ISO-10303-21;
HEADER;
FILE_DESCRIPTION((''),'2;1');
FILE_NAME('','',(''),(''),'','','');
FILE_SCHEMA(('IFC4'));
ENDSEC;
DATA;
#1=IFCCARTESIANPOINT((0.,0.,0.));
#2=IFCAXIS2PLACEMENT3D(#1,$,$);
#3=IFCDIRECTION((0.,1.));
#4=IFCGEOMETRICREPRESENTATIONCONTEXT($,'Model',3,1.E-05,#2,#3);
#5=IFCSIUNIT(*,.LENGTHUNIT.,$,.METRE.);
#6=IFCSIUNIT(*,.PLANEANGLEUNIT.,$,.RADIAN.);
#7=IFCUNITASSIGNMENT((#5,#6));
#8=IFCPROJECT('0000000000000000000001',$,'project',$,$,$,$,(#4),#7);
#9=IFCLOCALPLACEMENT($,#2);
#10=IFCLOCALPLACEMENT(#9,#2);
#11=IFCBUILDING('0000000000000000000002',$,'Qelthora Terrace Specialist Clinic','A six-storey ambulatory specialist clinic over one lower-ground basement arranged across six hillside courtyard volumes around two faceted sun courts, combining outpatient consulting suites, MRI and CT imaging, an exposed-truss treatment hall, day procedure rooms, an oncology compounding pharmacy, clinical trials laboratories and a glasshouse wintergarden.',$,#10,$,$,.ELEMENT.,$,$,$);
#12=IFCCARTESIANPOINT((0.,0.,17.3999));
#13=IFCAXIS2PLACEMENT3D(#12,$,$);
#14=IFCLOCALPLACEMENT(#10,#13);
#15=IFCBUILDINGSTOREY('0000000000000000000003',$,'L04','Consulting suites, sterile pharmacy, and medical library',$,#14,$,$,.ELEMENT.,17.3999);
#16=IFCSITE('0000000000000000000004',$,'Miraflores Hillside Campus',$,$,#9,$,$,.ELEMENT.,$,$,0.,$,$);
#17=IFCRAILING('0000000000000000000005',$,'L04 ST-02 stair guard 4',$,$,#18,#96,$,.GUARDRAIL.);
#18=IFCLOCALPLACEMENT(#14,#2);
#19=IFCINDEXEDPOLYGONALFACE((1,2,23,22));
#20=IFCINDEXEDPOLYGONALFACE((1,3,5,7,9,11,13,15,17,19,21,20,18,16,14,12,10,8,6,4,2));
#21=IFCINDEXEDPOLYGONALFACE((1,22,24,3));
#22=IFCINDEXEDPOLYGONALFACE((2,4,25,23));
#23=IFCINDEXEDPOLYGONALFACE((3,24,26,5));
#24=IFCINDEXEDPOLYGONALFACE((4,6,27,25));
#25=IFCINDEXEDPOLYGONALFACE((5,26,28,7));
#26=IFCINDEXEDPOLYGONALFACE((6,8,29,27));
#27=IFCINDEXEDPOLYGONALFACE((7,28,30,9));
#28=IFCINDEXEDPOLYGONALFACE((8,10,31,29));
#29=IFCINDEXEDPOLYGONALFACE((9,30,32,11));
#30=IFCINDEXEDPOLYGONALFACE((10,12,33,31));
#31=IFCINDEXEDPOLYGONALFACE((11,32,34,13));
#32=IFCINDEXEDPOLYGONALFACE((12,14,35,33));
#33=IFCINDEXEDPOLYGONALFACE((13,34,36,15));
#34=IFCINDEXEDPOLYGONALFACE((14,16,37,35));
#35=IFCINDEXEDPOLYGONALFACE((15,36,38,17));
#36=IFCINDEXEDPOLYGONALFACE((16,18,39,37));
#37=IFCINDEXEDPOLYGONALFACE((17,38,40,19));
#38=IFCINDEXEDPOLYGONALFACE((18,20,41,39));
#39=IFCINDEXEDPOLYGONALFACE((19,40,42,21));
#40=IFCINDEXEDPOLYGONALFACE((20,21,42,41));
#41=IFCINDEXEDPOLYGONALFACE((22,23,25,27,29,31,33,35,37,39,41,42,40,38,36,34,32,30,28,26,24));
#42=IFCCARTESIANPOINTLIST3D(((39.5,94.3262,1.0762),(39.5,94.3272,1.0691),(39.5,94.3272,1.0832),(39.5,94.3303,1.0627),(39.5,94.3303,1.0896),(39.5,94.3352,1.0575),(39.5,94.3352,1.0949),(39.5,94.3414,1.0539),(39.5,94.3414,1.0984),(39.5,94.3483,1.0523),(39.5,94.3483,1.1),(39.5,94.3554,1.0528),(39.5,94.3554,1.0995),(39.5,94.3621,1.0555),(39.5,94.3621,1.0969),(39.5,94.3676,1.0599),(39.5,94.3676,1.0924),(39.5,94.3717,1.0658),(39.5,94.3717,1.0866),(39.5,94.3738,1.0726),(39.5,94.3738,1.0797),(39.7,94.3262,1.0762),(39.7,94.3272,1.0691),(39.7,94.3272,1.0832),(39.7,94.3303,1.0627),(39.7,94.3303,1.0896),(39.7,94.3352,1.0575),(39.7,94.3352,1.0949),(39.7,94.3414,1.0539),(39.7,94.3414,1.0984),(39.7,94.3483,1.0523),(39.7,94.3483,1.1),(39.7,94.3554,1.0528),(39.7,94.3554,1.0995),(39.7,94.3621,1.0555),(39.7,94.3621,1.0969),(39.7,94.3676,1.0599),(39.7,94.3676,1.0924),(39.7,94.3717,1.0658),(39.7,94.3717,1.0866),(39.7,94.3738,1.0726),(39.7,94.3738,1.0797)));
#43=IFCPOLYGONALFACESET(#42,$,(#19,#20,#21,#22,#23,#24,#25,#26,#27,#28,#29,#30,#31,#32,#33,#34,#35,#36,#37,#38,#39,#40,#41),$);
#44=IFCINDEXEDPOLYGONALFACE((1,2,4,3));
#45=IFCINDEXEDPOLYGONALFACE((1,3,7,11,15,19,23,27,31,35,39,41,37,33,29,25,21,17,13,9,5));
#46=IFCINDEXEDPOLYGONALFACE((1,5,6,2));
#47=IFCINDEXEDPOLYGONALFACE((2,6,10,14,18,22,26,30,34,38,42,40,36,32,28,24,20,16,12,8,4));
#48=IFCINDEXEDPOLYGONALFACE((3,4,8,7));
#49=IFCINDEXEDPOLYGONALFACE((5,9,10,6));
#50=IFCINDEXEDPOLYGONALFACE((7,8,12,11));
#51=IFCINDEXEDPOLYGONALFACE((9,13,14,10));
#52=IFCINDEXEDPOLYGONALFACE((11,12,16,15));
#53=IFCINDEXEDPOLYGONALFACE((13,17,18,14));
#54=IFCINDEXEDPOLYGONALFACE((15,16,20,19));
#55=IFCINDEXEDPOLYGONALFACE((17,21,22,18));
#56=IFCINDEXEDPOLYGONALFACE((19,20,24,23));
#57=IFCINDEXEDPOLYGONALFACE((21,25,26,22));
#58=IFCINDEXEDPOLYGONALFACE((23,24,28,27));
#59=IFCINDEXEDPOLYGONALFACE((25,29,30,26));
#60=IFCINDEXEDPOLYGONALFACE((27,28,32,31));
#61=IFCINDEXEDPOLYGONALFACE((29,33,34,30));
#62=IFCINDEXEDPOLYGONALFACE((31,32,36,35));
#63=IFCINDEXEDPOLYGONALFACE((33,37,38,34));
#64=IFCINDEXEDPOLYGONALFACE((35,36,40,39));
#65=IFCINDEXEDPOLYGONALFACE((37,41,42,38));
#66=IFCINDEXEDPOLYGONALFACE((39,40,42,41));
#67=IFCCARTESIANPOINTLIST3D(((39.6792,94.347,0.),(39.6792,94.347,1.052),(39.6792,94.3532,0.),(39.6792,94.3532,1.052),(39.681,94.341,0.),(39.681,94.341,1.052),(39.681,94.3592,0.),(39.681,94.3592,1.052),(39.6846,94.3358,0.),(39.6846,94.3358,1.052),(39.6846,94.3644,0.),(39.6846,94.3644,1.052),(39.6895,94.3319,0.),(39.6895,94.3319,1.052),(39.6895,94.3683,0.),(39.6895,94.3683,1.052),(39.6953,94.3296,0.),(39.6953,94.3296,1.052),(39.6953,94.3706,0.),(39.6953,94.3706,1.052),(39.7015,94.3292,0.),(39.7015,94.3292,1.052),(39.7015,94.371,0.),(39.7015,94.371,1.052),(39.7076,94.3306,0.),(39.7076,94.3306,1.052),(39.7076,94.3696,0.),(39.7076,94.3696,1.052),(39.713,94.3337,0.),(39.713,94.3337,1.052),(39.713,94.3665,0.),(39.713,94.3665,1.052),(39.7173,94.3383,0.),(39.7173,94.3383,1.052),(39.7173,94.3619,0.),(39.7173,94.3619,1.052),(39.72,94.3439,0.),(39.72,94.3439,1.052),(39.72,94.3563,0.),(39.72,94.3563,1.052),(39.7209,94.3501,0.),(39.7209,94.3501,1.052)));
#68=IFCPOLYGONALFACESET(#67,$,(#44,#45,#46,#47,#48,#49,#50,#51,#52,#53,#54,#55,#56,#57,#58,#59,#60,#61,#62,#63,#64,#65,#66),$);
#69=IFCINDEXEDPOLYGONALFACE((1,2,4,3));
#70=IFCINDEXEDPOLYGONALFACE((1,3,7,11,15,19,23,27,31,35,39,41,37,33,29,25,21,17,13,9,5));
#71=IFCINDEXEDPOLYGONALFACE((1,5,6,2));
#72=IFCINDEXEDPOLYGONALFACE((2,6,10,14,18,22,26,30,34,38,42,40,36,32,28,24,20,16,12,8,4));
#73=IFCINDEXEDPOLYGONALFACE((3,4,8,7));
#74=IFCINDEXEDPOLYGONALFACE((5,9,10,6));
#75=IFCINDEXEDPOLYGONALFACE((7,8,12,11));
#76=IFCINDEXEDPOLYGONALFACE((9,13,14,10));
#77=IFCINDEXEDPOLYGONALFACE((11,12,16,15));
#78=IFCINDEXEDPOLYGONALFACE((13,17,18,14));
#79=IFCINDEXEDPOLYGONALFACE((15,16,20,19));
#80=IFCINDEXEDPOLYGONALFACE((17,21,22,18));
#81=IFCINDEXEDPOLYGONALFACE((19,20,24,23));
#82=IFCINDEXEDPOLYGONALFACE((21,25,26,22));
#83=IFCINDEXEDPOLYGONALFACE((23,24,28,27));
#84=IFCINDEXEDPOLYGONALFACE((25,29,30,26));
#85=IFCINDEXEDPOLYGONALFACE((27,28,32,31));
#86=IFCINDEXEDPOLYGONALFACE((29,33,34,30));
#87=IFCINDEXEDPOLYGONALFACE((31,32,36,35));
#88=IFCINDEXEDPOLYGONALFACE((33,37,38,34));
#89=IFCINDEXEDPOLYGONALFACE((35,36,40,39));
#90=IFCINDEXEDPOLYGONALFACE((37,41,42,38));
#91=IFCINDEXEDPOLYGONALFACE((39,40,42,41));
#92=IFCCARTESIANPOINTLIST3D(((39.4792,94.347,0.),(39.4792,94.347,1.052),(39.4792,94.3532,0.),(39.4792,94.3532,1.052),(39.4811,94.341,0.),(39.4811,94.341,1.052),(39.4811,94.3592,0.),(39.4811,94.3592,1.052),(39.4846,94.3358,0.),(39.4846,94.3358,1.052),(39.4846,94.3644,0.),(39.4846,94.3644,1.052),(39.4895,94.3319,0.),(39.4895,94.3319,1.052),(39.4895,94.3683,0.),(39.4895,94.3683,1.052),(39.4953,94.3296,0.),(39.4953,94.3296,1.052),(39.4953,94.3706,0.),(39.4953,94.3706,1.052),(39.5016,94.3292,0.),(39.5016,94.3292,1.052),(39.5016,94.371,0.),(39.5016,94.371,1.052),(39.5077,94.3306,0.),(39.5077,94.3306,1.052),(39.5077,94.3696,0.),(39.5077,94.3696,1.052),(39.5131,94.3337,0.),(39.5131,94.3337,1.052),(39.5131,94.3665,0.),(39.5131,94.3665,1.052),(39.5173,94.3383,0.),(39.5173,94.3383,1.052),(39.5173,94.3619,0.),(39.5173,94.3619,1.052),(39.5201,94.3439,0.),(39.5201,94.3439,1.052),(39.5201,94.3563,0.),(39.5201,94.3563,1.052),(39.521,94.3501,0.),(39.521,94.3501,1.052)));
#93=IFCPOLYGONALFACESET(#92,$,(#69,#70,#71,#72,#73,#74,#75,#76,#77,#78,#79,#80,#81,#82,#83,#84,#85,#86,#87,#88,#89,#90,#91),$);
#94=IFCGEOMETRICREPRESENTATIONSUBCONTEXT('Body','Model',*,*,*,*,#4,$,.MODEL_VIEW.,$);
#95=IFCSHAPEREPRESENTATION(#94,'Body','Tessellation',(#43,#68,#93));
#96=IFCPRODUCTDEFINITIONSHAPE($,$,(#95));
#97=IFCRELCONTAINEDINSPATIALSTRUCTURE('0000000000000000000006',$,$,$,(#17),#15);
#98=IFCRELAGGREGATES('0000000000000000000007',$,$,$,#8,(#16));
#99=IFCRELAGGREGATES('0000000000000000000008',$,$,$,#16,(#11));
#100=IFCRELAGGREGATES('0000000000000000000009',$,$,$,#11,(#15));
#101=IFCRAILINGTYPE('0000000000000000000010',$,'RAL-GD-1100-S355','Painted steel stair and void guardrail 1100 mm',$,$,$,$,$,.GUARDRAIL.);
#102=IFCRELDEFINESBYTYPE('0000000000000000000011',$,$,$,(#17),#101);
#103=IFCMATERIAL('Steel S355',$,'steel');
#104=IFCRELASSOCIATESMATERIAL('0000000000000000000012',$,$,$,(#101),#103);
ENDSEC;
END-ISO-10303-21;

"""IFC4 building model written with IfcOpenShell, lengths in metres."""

from ifc_helpers import new_model, si_unit, direction, frame, origin, origin_2d, place, context, subcontext, project, spatial, circle, extrude, material, type_object, element, save


model = new_model("IFC4")

# Units and contexts
model_context = context("Model", 3, precision=1e-05, world=origin(), true_north=direction((0.0, 1.0)))
body_context = subcontext(model_context, "Body", "Model", "MODEL_VIEW")
ifc_project = project(units=[si_unit("LENGTHUNIT", "METRE"), si_unit("PLANEANGLEUNIT", "RADIAN")], contexts=[model_context])

# Site, building, storey
site_placement = place(None, origin())
site = spatial("IfcSite", under=ifc_project, at=site_placement, Name="Miraflores Hillside Campus", CompositionType="ELEMENT", RefElevation=0.0)
building_placement = place(site_placement, origin())
building = spatial("IfcBuilding", under=site, at=building_placement, Name="Qelthora Terrace Specialist Clinic", Description="A six-storey ambulatory specialist clinic over one lower-ground basement arranged across six hillside courtyard volumes around two faceted sun courts, combining outpatient consulting suites, MRI and CT imaging, an exposed-truss treatment hall, day procedure rooms, an oncology compounding pharmacy, clinical trials laboratories and a glasshouse wintergarden.", CompositionType="ELEMENT")
storey_placement = place(building_placement, frame((0.0, 0.0, 17.3999)))
storey = spatial("IfcBuildingStorey", under=building, at=storey_placement, Name="L04", Description="Consulting suites, sterile pharmacy, and medical library", CompositionType="ELEMENT", Elevation=17.3999)

# Shared definitions
ifc_material_1 = material(Name="Steel S355", Category="steel")

# Railing
railing_type_1 = type_object("IfcRailingType", Name="RAL-GD-1100-S355", Description="Painted steel stair and void guardrail 1100 mm", PredefinedType="GUARDRAIL", material=ifc_material_1)
railing_1_placement = place(storey_placement, frame((39.7, 94.3501, 0.0)))
element("IfcRailing", 1, at=railing_1_placement, inside=storey, type_object=railing_type_1, Name="L04 ST-02 stair guard 4", PredefinedType="GUARDRAIL", context=body_context, shape_type="SweptSolid", body=[
    extrude(circle(Radius=0.0239, at=origin_2d()), frame((0.0, 0.0, 1.0762), z_axis=(-1.0, 0.0, 0.0), x_axis=(0.0, -1.0, 0.0)), (0.0, 0.0, 1.0), 0.2),
    extrude(circle(Radius=0.021, at=origin_2d()), origin(), (0.0, 0.0, 1.0), 1.052),
    extrude(circle(Radius=0.021, at=origin_2d()), frame((-0.2, 0.0, 0.0)), (0.0, 0.0, 1.0), 1.052),
])

save(model, "model.ifc")
